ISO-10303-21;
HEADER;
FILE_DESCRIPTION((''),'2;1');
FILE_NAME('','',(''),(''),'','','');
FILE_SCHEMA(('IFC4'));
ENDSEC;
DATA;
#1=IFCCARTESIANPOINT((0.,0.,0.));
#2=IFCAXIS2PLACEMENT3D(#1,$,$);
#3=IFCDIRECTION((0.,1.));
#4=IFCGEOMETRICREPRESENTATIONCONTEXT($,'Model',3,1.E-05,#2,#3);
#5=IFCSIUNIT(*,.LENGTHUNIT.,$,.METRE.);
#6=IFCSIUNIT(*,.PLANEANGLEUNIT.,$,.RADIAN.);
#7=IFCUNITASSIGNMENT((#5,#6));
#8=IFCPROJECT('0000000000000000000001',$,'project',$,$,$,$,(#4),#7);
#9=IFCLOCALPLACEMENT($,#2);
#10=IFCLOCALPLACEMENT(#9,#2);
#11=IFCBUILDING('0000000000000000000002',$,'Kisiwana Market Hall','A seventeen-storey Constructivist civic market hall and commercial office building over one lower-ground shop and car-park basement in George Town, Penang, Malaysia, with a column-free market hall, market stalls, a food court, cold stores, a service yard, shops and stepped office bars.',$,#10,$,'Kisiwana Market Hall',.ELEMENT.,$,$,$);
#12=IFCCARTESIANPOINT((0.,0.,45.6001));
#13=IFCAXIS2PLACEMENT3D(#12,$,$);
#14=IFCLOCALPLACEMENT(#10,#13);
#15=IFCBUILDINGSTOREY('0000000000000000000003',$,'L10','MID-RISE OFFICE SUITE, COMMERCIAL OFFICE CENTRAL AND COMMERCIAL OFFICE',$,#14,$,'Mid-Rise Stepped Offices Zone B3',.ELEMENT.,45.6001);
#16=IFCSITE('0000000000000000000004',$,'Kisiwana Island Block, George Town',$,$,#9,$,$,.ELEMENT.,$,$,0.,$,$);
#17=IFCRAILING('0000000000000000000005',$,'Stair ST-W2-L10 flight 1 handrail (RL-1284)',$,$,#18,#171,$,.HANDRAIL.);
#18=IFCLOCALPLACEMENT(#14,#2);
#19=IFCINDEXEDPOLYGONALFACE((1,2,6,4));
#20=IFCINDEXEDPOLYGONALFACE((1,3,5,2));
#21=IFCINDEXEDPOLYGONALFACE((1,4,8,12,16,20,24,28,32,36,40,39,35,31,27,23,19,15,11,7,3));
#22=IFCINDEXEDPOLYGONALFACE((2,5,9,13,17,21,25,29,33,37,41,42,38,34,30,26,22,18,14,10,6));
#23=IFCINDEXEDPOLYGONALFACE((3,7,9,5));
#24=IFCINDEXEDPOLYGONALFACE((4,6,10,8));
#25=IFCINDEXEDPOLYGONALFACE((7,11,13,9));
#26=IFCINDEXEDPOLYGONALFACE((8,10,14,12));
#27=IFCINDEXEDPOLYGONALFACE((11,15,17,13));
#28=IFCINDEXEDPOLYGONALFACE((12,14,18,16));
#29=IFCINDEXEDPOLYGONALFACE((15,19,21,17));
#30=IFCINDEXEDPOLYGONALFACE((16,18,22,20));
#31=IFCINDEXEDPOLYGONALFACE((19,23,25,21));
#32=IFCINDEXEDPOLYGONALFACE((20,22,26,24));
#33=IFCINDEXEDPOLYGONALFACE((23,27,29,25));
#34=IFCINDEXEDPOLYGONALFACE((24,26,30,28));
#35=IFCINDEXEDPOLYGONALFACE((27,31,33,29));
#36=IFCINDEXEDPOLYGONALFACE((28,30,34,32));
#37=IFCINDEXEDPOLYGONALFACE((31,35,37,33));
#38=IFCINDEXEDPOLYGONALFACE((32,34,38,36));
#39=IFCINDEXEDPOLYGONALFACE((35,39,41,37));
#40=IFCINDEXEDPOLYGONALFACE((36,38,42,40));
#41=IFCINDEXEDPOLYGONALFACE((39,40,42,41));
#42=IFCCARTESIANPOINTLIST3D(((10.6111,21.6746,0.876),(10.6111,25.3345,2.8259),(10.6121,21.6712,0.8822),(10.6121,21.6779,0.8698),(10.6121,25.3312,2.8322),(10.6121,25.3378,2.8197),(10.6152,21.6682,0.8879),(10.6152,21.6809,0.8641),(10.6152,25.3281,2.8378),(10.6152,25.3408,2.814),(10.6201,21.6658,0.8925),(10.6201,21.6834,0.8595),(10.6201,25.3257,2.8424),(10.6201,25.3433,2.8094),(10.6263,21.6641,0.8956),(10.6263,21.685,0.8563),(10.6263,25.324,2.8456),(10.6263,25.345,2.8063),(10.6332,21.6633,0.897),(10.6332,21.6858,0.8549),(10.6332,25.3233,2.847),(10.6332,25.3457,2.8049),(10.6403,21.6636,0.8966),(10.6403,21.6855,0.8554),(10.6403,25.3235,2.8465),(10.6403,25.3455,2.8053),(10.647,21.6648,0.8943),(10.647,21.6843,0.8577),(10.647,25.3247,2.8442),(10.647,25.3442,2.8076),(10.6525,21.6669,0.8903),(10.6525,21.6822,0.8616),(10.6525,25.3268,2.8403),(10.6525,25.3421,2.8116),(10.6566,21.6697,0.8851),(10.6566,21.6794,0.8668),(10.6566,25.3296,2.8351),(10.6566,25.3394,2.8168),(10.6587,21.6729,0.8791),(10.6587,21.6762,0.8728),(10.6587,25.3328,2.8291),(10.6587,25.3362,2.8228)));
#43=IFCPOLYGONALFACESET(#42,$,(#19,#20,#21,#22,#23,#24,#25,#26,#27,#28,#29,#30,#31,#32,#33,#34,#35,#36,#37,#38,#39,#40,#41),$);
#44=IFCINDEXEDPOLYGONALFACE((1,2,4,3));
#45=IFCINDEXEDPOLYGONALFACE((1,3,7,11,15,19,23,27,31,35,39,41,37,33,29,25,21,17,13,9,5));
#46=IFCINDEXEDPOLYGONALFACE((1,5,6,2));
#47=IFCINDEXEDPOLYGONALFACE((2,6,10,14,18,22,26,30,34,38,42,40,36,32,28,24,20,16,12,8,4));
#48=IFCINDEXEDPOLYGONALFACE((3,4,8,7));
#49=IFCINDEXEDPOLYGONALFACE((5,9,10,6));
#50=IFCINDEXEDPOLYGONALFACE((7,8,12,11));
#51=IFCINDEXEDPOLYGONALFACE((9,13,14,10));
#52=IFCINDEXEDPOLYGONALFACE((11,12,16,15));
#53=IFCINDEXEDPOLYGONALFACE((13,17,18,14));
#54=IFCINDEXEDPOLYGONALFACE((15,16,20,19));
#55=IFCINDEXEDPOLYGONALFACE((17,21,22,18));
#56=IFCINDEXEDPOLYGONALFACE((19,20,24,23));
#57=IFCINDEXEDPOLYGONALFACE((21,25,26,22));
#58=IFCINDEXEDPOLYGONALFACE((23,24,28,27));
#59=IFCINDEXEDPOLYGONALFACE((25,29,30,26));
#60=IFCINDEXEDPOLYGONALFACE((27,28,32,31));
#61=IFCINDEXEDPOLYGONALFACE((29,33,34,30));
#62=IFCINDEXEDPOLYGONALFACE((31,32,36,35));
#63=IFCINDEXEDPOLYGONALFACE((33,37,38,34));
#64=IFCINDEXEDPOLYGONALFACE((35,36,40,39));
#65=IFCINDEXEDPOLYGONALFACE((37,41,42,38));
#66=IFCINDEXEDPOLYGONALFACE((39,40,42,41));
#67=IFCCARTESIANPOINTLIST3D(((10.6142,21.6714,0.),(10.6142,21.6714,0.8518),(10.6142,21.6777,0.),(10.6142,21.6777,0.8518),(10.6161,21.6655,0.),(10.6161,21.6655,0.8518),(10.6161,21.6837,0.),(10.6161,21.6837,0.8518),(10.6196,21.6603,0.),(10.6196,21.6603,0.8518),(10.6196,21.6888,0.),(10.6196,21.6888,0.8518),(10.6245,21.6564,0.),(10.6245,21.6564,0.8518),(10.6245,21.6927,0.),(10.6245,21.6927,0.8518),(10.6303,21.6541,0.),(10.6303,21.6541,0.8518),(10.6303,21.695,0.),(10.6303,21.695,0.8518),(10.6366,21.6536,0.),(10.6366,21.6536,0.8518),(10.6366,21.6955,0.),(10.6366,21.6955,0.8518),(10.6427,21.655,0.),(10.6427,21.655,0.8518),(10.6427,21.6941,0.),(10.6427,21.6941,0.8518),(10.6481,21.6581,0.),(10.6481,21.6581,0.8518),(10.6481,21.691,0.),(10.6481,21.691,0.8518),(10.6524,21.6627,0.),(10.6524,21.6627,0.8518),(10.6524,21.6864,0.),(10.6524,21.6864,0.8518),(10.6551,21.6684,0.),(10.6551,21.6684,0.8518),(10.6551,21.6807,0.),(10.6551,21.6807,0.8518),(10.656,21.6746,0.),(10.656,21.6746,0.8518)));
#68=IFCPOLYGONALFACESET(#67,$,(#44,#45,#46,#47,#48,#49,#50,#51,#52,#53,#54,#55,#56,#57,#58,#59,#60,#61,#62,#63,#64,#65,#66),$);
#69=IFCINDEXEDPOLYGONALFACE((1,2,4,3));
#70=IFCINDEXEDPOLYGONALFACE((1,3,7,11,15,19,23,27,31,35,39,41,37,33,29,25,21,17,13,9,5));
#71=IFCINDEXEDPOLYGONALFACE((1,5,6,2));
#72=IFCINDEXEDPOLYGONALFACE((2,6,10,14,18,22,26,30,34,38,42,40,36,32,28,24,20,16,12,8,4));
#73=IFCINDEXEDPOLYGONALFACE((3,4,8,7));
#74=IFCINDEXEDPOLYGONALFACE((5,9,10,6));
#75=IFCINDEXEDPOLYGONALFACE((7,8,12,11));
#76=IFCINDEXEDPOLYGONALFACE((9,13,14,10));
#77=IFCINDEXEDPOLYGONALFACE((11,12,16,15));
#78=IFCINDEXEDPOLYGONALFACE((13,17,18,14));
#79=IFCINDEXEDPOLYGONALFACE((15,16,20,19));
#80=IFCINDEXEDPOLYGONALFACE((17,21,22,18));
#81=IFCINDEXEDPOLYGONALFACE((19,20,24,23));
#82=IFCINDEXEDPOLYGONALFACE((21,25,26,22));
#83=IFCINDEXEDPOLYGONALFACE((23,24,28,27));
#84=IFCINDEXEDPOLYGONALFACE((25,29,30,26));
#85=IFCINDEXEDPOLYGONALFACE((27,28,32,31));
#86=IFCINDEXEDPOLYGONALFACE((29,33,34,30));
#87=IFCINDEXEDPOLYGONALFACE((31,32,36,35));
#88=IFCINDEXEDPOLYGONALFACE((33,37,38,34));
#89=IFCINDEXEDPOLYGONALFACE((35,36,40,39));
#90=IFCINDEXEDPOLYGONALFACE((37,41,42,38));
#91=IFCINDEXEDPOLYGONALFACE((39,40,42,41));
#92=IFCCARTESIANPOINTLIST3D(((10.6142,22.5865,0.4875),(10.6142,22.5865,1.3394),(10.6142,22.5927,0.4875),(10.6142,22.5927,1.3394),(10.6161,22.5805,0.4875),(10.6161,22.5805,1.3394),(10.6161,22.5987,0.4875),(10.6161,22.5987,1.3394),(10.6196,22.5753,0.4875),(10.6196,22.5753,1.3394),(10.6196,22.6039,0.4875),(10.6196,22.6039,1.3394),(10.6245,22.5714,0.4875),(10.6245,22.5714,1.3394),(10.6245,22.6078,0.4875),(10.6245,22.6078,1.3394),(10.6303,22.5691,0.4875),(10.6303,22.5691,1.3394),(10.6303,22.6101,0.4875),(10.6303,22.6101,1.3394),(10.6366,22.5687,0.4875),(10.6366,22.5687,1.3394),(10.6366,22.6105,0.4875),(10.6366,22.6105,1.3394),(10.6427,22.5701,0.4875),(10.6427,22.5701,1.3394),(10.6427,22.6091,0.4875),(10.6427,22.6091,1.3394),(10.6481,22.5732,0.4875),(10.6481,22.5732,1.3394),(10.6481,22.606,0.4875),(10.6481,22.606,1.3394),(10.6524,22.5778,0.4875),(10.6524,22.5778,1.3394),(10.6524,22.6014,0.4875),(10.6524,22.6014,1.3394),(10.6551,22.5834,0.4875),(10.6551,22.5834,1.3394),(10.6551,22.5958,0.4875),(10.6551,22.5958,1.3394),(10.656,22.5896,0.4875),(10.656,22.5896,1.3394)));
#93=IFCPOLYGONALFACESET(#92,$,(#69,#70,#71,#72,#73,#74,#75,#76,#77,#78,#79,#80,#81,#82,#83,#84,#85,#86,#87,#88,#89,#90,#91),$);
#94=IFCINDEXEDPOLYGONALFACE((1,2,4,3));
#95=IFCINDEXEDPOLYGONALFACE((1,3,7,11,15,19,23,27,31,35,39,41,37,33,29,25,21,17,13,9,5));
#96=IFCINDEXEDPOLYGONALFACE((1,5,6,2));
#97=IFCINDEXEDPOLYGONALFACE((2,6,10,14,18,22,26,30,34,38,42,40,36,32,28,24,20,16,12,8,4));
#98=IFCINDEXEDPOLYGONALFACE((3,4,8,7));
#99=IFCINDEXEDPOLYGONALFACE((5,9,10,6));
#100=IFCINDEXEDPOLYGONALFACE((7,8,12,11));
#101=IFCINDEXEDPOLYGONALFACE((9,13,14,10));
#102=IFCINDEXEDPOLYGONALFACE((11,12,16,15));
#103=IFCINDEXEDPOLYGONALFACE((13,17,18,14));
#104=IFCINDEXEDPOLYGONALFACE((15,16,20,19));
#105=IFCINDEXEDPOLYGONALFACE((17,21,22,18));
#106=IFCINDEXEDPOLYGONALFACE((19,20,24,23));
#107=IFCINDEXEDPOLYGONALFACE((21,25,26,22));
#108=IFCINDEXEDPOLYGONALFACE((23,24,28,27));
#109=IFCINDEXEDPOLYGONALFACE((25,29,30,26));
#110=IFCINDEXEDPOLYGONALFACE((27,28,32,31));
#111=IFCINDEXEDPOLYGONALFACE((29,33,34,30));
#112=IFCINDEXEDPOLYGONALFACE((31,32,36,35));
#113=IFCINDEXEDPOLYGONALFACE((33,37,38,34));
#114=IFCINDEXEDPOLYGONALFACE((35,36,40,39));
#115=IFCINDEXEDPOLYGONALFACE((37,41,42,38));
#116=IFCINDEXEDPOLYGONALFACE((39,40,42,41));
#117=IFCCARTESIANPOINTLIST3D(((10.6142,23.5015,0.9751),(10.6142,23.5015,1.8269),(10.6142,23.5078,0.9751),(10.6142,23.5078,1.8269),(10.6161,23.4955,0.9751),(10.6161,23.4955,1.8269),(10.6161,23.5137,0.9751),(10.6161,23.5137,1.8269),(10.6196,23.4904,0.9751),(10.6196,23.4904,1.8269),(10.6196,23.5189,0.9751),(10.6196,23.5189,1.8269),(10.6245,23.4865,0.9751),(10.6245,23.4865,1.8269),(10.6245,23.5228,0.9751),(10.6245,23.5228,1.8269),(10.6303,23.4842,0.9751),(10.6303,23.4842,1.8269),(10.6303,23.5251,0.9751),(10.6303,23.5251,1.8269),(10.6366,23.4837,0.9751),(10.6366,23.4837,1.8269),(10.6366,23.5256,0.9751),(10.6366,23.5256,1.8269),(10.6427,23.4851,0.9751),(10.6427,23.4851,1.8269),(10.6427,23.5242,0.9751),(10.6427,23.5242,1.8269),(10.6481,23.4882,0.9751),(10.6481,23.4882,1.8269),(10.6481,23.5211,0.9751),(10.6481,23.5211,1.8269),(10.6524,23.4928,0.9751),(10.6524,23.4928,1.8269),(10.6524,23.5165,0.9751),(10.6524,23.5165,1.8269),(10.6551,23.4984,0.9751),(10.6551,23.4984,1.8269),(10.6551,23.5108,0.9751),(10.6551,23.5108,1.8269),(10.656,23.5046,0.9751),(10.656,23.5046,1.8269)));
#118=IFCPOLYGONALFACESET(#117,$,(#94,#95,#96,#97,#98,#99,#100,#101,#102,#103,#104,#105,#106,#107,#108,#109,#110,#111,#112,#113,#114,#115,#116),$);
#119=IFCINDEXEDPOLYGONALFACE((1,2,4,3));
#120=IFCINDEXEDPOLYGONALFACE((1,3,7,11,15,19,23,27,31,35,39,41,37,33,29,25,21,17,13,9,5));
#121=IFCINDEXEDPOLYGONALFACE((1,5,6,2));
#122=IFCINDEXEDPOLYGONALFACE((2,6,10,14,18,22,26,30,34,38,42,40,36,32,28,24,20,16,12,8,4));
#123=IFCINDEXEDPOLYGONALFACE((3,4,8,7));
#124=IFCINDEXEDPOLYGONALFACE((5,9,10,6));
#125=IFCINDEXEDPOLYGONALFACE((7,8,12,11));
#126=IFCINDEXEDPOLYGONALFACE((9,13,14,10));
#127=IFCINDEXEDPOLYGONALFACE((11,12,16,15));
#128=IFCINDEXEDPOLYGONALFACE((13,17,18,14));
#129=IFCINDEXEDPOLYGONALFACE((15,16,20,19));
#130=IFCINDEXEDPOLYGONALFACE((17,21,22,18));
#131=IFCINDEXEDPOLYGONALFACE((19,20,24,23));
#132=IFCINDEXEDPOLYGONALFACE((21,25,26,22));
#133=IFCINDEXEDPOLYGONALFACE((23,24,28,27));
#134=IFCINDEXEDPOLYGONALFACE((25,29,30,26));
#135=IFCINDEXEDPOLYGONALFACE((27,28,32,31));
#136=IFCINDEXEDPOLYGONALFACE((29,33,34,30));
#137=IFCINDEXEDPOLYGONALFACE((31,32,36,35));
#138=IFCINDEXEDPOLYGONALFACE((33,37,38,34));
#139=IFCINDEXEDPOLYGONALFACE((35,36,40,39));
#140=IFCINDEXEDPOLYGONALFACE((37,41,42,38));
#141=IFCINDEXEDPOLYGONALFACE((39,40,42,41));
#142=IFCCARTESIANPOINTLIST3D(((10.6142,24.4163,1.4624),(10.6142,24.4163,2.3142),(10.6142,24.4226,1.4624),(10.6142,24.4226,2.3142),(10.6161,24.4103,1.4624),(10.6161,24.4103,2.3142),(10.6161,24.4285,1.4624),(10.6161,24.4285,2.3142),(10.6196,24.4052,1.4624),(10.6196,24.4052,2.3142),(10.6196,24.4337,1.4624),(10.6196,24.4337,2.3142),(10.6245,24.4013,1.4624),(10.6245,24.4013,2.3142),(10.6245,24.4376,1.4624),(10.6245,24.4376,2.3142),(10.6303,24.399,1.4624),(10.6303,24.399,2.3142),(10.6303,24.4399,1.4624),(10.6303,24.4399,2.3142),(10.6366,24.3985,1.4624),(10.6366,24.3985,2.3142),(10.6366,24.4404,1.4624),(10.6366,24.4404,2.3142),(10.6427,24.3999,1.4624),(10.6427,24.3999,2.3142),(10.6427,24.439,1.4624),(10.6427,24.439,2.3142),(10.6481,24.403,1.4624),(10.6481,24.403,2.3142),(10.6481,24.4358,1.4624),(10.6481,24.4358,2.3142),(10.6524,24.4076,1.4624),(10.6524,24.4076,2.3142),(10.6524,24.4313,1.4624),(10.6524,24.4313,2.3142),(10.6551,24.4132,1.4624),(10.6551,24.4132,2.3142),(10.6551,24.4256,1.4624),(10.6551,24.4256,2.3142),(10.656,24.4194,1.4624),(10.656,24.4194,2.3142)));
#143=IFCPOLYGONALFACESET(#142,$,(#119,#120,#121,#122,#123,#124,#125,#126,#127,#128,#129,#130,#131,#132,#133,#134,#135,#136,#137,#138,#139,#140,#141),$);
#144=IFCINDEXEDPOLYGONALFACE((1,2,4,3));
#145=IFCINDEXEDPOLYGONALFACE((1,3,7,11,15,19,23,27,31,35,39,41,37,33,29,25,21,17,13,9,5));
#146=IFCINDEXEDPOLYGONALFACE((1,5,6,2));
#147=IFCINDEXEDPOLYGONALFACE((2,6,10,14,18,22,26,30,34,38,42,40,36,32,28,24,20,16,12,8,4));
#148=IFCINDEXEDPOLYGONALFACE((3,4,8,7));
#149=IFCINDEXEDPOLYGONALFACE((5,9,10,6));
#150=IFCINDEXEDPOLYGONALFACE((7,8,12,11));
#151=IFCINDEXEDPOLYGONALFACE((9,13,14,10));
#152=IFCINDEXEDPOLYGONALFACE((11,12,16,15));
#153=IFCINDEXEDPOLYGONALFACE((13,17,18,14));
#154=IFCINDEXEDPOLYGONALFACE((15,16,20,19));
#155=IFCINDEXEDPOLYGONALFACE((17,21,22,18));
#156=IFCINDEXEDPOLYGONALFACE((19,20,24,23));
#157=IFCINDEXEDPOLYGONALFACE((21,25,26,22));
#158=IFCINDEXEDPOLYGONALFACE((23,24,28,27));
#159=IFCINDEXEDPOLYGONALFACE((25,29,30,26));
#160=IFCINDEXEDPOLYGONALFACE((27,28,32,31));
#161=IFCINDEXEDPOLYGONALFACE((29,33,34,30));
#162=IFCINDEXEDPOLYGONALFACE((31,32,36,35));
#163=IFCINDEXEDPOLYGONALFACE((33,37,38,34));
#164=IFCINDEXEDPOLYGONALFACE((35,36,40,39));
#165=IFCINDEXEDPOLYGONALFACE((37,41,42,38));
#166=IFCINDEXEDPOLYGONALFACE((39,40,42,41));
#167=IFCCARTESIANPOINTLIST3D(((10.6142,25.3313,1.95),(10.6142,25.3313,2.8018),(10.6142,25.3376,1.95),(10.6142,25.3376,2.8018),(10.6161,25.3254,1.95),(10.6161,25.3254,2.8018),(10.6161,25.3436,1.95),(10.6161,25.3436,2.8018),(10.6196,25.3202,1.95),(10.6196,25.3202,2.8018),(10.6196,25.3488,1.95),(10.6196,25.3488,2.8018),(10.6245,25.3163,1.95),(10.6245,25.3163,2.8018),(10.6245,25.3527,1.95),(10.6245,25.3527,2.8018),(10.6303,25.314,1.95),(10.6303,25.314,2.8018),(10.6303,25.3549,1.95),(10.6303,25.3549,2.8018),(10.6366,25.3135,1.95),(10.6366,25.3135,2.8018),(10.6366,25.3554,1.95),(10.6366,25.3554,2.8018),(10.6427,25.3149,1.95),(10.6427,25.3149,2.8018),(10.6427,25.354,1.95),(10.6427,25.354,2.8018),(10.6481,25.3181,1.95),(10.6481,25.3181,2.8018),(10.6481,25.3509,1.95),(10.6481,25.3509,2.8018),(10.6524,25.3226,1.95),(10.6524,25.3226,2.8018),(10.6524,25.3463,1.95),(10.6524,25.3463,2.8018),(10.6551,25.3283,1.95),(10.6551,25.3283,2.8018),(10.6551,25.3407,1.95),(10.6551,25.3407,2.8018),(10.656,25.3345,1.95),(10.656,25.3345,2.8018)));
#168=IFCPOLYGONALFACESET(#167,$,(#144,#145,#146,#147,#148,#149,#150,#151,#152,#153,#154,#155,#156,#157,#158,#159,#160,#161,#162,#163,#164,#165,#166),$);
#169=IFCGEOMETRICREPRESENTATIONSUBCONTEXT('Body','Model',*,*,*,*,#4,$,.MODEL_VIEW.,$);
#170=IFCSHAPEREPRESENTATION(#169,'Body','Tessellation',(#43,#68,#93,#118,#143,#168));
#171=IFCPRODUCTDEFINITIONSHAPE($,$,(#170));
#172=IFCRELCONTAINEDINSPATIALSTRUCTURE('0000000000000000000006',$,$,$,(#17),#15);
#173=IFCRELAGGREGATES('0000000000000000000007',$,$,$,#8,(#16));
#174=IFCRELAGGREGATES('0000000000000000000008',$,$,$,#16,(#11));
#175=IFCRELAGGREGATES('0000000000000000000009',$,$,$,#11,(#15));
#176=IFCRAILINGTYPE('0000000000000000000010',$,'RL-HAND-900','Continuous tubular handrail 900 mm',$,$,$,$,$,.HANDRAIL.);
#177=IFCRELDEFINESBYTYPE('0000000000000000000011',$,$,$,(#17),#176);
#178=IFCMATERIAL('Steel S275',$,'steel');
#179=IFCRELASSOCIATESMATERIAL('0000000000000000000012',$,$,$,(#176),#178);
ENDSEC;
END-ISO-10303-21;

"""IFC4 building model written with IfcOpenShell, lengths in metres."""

from ifc_helpers import new_model, si_unit, direction, frame, origin, origin_2d, place, context, subcontext, project, spatial, circle, extrude, material, type_object, element, save


model = new_model("IFC4")

# Units and contexts
model_context = context("Model", 3, precision=1e-05, world=origin(), true_north=direction((0.0, 1.0)))
body_context = subcontext(model_context, "Body", "Model", "MODEL_VIEW")
ifc_project = project(units=[si_unit("LENGTHUNIT", "METRE"), si_unit("PLANEANGLEUNIT", "RADIAN")], contexts=[model_context])

# Site, building, storey
site_placement = place(None, origin())
site = spatial("IfcSite", under=ifc_project, at=site_placement, Name="Kisiwana Island Block, George Town", CompositionType="ELEMENT", RefElevation=0.0)
building_placement = place(site_placement, origin())
building = spatial("IfcBuilding", under=site, at=building_placement, Name="Kisiwana Market Hall", Description="A seventeen-storey Constructivist civic market hall and commercial office building over one lower-ground shop and car-park basement in George Town, Penang, Malaysia, with a column-free market hall, market stalls, a food court, cold stores, a service yard, shops and stepped office bars.", LongName="Kisiwana Market Hall", CompositionType="ELEMENT")
storey_placement = place(building_placement, frame((0.0, 0.0, 45.6001)))
storey = spatial("IfcBuildingStorey", under=building, at=storey_placement, Name="L10", Description="MID-RISE OFFICE SUITE, COMMERCIAL OFFICE CENTRAL AND COMMERCIAL OFFICE", LongName="Mid-Rise Stepped Offices Zone B3", CompositionType="ELEMENT", Elevation=45.6001)

# Railing
ifc_material_1 = material(Name="Steel S275", Category="steel")
railing_type_1 = type_object("IfcRailingType", Name="RL-HAND-900", Description="Continuous tubular handrail 900 mm", PredefinedType="HANDRAIL", material=ifc_material_1)
railing_1_placement = place(storey_placement, frame((10.635, 21.6746, 0.0)))
element("IfcRailing", 1, at=railing_1_placement, inside=storey, type_object=railing_type_1, Name="Stair ST-W2-L10 flight 1 handrail (RL-1284)", PredefinedType="HANDRAIL", context=body_context, shape_type="SweptSolid", body=[
    extrude(circle(Radius=0.0239, at=origin_2d()), frame((0.0, 0.0, 0.876), z_axis=(0.0, 0.882553, 0.470212), x_axis=(-1.0, 0.0, 0.0)), (0.0, 0.0, 1.0), 4.147),
    extrude(circle(Radius=0.021, at=origin_2d()), origin(), (0.0, 0.0, 1.0), 0.8518),
    extrude(circle(Radius=0.021, at=origin_2d()), frame((0.0, 0.915, 0.4875)), (0.0, 0.0, 1.0), 0.8518),
    extrude(circle(Radius=0.021, at=origin_2d()), frame((0.0, 1.8301, 0.9751)), (0.0, 0.0, 1.0), 0.8518),
    extrude(circle(Radius=0.021, at=origin_2d()), frame((0.0, 2.7449, 1.4624)), (0.0, 0.0, 1.0), 0.8518),
    extrude(circle(Radius=0.021, at=origin_2d()), frame((0.0, 3.6599, 1.95)), (0.0, 0.0, 1.0), 0.8518),
])

save(model, "model.ifc")
